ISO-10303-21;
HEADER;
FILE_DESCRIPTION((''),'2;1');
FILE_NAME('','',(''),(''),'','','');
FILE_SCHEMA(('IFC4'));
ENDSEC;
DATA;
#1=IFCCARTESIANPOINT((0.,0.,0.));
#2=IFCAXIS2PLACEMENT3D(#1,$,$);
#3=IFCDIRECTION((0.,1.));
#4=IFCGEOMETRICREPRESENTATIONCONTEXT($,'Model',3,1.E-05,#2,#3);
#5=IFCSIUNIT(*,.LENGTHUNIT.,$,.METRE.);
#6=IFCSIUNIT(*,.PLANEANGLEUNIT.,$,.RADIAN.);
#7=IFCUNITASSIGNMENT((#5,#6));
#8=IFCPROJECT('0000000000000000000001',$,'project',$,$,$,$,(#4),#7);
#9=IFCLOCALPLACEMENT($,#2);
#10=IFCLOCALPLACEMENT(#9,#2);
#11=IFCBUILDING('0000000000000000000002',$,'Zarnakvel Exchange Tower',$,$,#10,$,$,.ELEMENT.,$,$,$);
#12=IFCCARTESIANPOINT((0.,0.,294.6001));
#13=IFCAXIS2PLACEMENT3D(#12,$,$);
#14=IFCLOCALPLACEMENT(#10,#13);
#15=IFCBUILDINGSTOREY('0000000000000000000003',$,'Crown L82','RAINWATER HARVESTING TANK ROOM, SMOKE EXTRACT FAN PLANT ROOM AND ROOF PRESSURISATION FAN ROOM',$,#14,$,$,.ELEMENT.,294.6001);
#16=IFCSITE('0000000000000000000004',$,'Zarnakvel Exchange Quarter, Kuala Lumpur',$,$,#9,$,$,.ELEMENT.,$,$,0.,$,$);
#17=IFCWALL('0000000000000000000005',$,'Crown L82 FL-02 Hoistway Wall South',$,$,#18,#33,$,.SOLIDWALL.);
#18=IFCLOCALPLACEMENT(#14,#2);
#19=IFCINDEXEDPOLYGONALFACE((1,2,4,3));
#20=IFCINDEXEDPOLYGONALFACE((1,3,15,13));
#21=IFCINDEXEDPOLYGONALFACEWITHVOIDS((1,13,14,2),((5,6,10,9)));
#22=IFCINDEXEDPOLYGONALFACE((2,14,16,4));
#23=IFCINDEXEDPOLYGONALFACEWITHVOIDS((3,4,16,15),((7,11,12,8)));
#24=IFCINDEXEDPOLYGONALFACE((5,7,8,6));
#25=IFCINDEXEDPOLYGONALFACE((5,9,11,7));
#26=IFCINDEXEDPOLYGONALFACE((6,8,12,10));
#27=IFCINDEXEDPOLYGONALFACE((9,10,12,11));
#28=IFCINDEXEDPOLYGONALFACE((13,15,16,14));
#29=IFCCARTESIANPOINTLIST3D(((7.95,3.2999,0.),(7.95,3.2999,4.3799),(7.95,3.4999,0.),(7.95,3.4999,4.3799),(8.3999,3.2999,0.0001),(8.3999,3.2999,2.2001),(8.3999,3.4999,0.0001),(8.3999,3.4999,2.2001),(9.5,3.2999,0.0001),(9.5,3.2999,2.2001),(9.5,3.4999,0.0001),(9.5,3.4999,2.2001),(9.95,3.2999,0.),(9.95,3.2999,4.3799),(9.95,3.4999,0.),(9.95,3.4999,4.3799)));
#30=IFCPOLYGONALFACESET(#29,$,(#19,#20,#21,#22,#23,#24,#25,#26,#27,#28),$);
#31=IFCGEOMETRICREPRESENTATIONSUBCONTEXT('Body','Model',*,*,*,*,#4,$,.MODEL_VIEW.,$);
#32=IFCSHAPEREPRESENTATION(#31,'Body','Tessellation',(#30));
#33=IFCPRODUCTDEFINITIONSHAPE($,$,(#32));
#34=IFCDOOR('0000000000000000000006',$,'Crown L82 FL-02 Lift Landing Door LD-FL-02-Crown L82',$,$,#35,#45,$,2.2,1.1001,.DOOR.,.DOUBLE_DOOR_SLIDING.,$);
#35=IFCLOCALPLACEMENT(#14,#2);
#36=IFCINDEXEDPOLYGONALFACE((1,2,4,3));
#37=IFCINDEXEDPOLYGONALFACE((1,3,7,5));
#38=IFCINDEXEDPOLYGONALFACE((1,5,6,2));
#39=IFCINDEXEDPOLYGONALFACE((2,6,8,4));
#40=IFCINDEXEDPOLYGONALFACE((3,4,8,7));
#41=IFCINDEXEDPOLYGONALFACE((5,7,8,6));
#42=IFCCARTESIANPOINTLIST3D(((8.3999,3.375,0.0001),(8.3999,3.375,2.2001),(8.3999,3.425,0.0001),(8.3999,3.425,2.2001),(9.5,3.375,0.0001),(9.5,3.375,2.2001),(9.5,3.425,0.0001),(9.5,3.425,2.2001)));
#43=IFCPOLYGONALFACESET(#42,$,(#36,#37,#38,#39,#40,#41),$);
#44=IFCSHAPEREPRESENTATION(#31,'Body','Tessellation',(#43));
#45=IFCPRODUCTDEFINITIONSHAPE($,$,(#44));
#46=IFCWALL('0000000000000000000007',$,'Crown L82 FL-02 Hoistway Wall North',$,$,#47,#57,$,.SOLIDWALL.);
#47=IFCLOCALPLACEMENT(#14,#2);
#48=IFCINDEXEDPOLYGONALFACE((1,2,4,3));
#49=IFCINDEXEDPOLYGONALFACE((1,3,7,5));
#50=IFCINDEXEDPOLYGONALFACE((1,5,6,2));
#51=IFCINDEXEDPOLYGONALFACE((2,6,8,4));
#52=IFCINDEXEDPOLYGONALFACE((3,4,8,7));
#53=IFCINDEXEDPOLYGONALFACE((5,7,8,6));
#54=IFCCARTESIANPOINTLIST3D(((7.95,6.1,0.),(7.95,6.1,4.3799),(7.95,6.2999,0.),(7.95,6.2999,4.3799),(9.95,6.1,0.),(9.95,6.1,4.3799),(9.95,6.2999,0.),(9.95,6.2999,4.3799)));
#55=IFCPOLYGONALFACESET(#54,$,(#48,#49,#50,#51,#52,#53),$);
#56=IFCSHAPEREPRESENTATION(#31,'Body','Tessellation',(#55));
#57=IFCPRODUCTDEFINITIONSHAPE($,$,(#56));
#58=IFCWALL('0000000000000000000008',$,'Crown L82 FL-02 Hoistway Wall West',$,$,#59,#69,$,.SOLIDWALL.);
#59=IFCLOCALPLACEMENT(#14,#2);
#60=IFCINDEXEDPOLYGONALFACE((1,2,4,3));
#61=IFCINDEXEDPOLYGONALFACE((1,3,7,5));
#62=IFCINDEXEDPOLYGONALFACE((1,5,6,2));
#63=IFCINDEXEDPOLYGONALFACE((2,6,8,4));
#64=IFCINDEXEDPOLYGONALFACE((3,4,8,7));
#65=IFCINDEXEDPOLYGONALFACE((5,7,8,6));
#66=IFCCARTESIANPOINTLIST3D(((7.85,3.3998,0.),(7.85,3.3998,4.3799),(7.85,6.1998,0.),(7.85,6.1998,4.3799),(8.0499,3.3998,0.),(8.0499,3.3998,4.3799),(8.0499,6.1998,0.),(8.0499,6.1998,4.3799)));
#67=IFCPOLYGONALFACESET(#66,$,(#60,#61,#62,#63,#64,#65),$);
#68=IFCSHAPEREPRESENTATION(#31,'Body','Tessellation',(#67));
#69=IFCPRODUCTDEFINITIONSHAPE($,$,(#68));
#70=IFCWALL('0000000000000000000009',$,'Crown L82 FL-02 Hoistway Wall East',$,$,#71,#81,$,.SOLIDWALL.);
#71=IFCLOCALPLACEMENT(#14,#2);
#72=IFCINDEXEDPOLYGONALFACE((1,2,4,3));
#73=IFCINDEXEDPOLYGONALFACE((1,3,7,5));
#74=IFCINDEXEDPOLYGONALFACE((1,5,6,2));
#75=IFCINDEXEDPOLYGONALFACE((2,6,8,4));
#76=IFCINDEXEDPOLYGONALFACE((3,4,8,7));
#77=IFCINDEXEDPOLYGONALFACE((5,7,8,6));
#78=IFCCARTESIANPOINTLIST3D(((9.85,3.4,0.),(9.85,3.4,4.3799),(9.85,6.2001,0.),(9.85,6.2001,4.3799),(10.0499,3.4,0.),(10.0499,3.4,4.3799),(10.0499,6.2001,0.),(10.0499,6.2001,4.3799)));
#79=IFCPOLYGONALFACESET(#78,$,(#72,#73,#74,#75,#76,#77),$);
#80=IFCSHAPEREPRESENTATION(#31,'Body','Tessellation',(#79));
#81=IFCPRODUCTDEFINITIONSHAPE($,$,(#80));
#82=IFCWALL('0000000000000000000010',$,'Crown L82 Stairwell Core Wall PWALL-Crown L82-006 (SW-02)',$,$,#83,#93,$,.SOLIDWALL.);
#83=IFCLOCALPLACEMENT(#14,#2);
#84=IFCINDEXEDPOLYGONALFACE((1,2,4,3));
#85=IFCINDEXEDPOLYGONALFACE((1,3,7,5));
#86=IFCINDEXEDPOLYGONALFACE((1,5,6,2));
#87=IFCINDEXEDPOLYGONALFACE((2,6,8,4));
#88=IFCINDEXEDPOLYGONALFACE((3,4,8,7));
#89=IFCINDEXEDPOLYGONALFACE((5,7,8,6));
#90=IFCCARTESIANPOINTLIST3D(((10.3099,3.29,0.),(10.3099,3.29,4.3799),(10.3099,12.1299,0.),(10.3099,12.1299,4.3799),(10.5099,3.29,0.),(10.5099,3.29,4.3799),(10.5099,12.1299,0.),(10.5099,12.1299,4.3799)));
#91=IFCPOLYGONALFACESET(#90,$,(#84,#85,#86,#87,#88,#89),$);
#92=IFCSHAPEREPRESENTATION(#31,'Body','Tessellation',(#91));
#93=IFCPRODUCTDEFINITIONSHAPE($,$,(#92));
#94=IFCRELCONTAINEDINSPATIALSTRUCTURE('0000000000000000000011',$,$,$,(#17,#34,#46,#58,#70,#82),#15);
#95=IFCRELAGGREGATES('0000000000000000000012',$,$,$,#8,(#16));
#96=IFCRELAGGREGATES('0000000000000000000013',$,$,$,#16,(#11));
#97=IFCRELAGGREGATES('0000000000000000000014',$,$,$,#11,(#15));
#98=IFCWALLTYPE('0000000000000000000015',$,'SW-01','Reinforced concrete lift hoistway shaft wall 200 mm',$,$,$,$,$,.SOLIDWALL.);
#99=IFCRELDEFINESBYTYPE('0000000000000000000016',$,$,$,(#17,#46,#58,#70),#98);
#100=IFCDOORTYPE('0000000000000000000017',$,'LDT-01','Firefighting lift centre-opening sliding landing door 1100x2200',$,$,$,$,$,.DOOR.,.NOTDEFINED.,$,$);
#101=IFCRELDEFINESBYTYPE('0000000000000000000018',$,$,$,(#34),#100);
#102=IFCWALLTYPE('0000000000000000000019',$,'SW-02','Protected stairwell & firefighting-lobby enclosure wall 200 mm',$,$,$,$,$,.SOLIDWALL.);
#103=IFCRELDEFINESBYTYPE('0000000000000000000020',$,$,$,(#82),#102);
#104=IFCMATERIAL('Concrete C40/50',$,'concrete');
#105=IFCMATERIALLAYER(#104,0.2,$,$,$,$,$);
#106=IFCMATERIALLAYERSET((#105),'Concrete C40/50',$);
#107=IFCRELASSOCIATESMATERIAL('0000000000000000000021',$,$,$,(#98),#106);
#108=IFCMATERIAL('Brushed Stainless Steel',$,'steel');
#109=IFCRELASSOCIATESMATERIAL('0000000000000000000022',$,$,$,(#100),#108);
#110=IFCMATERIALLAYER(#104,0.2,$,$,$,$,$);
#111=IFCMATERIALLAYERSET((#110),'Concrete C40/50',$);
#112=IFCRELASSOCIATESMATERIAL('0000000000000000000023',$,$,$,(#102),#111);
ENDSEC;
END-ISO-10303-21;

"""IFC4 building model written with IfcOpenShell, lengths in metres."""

from ifc_helpers import new_model, si_unit, direction, frame, frame_2d, origin, place, context, subcontext, project, spatial, rectangle, extrude, source, transform, mapped, material, layer, layer_set, type_object, element, fill, save


model = new_model("IFC4")

# Units and contexts
model_context = context("Model", 3, precision=1e-05, world=origin(), true_north=direction((0.0, 1.0)))
body_context = subcontext(model_context, "Body", "Model", "MODEL_VIEW")
ifc_project = project(units=[si_unit("LENGTHUNIT", "METRE"), si_unit("PLANEANGLEUNIT", "RADIAN")], contexts=[model_context])

# Site, building, storey
site_placement = place(None, origin())
site = spatial("IfcSite", under=ifc_project, at=site_placement, Name="Zarnakvel Exchange Quarter, Kuala Lumpur", CompositionType="ELEMENT", RefElevation=0.0)
building_placement = place(site_placement, origin())
building = spatial("IfcBuilding", under=site, at=building_placement, Name="Zarnakvel Exchange Tower", CompositionType="ELEMENT")
storey_placement = place(building_placement, frame((0.0, 0.0, 294.6001)))
storey = spatial("IfcBuildingStorey", under=building, at=storey_placement, Name="Crown L82", Description="RAINWATER HARVESTING TANK ROOM, SMOKE EXTRACT FAN PLANT ROOM AND ROOF PRESSURISATION FAN ROOM", CompositionType="ELEMENT", Elevation=294.6001)

# Wall, opening, door
ifc_material_1 = material(Name="Concrete C40/50", Category="concrete")
ifc_layer_1 = layer(ifc_material_1, 0.2)
ifc_layer_set_1 = layer_set([ifc_layer_1], Name="Concrete C40/50")
wall_type_1 = type_object("IfcWallType", Name="SW-01", Description="Reinforced concrete lift hoistway shaft wall 200 mm", PredefinedType="SOLIDWALL", material=ifc_layer_set_1)
wall_1_placement = place(storey_placement, frame((9.95, 3.3999, 0.0), z_axis=(0.0, 0.0, 1.0), x_axis=(-1.0, 0.0, 0.0)))
wall_1 = element("IfcWall", 1, at=wall_1_placement, inside=storey, type_object=wall_type_1, Name="Crown L82 FL-02 Hoistway Wall South", PredefinedType="SOLIDWALL", context=body_context, shape_type="SweptSolid", body=[
    extrude(rectangle(XDim=2.0, YDim=0.2, at=frame_2d((1.0, 0.0))), origin(), (0.0, 0.0, 1.0), 4.3799),
])
opening_1_placement = place(wall_1_placement, frame((0.45, 0.0, 0.0)))
opening_1 = element("IfcOpeningElement", 2, at=opening_1_placement, cuts=wall_1, PredefinedType="OPENING", context=body_context, shape_type="SweptSolid", body=[
    extrude(rectangle(XDim=1.1001, YDim=2.2, at=frame_2d((0.55, 1.1001))), frame((0.0, 0.1099, 0.0), z_axis=(0.0, -1.0, 0.0), x_axis=(1.0, 0.0, 0.0)), (0.0, 0.0, 1.0), 0.22),
])
ifc_material_2 = material(Name="Brushed Stainless Steel", Category="steel")
door_type_1 = type_object("IfcDoorType", Name="LDT-01", Description="Firefighting lift centre-opening sliding landing door 1100x2200", OperationType="NOTDEFINED", PredefinedType="DOOR", material=ifc_material_2)
shared_shape_1 = source(origin(), body_context, "Body", "SweptSolid", [
    extrude(rectangle(XDim=1.1001, YDim=2.2, at=frame_2d((0.55, 1.1001))), frame((0.0, 0.0249, 0.0), z_axis=(0.0, -1.0, 0.0), x_axis=(1.0, 0.0, 0.0)), (0.0, 0.0, 1.0), 0.05),
])
door_1_placement = place(opening_1_placement, origin())
door_1 = element("IfcDoor", 3, at=door_1_placement, inside=storey, type_object=door_type_1, Name="Crown L82 FL-02 Lift Landing Door LD-FL-02-Crown L82", OperationType="DOUBLE_DOOR_SLIDING", OverallHeight=2.2, OverallWidth=1.1001, PredefinedType="DOOR", context=body_context, shape_type="MappedRepresentation", body=[
    mapped(shared_shape_1, transform((0.0, 0.0, 0.0), x_axis=(1.0, 0.0, 0.0), y_axis=(0.0, 1.0, 0.0), z_axis=(0.0, 0.0, 1.0), scale=1.0)),
])
fill(opening_1, door_1)

# Walls
wall_2_placement = place(storey_placement, frame((7.95, 6.2, 0.0), z_axis=(0.0, 0.0, 1.0), x_axis=(1.0, 0.0, 0.0)))
element("IfcWall", 4, at=wall_2_placement, inside=storey, type_object=wall_type_1, Name="Crown L82 FL-02 Hoistway Wall North", PredefinedType="SOLIDWALL", context=body_context, shape_type="SweptSolid", body=[
    extrude(rectangle(XDim=2.0, YDim=0.2, at=frame_2d((1.0, 0.0))), origin(), (0.0, 0.0, 1.0), 4.3799),
])
for number, where, z_axis, x_axis, name in (
    (5, (7.95, 3.3999, 0.0), (0.0, 0.0, 1.0), (0.0, 1.0, 0.0), "Crown L82 FL-02 Hoistway Wall West"),
    (6, (9.95, 6.2, 0.0), (0.0, 0.0, 1.0), (0.0, -1.0, 0.0), "Crown L82 FL-02 Hoistway Wall East"),
):
    element("IfcWall", number, at=place(storey_placement, frame(where, z_axis=z_axis, x_axis=x_axis)), inside=storey, type_object=wall_type_1, Name=name, PredefinedType="SOLIDWALL", context=body_context, shape_type="SweptSolid", body=[
        extrude(rectangle(XDim=2.8, YDim=0.2, at=frame_2d((1.3999, 0.0))), origin(), (0.0, 0.0, 1.0), 4.3799),
    ])
ifc_layer_2 = layer(ifc_material_1, 0.2)
ifc_layer_set_2 = layer_set([ifc_layer_2], Name="Concrete C40/50")
wall_type_2 = type_object("IfcWallType", Name="SW-02", Description="Protected stairwell & firefighting-lobby enclosure wall 200 mm", PredefinedType="SOLIDWALL", material=ifc_layer_set_2)
wall_3_placement = place(storey_placement, frame((10.4099, 3.29, 0.0), z_axis=(0.0, 0.0, 1.0), x_axis=(0.0, 1.0, 0.0)))
element("IfcWall", 7, at=wall_3_placement, inside=storey, type_object=wall_type_2, Name="Crown L82 Stairwell Core Wall PWALL-Crown L82-006 (SW-02)", PredefinedType="SOLIDWALL", context=body_context, shape_type="SweptSolid", body=[
    extrude(rectangle(XDim=8.8398, YDim=0.2, at=frame_2d((4.4199, 0.0))), origin(), (0.0, 0.0, 1.0), 4.3799),
])

save(model, "model.ifc")
